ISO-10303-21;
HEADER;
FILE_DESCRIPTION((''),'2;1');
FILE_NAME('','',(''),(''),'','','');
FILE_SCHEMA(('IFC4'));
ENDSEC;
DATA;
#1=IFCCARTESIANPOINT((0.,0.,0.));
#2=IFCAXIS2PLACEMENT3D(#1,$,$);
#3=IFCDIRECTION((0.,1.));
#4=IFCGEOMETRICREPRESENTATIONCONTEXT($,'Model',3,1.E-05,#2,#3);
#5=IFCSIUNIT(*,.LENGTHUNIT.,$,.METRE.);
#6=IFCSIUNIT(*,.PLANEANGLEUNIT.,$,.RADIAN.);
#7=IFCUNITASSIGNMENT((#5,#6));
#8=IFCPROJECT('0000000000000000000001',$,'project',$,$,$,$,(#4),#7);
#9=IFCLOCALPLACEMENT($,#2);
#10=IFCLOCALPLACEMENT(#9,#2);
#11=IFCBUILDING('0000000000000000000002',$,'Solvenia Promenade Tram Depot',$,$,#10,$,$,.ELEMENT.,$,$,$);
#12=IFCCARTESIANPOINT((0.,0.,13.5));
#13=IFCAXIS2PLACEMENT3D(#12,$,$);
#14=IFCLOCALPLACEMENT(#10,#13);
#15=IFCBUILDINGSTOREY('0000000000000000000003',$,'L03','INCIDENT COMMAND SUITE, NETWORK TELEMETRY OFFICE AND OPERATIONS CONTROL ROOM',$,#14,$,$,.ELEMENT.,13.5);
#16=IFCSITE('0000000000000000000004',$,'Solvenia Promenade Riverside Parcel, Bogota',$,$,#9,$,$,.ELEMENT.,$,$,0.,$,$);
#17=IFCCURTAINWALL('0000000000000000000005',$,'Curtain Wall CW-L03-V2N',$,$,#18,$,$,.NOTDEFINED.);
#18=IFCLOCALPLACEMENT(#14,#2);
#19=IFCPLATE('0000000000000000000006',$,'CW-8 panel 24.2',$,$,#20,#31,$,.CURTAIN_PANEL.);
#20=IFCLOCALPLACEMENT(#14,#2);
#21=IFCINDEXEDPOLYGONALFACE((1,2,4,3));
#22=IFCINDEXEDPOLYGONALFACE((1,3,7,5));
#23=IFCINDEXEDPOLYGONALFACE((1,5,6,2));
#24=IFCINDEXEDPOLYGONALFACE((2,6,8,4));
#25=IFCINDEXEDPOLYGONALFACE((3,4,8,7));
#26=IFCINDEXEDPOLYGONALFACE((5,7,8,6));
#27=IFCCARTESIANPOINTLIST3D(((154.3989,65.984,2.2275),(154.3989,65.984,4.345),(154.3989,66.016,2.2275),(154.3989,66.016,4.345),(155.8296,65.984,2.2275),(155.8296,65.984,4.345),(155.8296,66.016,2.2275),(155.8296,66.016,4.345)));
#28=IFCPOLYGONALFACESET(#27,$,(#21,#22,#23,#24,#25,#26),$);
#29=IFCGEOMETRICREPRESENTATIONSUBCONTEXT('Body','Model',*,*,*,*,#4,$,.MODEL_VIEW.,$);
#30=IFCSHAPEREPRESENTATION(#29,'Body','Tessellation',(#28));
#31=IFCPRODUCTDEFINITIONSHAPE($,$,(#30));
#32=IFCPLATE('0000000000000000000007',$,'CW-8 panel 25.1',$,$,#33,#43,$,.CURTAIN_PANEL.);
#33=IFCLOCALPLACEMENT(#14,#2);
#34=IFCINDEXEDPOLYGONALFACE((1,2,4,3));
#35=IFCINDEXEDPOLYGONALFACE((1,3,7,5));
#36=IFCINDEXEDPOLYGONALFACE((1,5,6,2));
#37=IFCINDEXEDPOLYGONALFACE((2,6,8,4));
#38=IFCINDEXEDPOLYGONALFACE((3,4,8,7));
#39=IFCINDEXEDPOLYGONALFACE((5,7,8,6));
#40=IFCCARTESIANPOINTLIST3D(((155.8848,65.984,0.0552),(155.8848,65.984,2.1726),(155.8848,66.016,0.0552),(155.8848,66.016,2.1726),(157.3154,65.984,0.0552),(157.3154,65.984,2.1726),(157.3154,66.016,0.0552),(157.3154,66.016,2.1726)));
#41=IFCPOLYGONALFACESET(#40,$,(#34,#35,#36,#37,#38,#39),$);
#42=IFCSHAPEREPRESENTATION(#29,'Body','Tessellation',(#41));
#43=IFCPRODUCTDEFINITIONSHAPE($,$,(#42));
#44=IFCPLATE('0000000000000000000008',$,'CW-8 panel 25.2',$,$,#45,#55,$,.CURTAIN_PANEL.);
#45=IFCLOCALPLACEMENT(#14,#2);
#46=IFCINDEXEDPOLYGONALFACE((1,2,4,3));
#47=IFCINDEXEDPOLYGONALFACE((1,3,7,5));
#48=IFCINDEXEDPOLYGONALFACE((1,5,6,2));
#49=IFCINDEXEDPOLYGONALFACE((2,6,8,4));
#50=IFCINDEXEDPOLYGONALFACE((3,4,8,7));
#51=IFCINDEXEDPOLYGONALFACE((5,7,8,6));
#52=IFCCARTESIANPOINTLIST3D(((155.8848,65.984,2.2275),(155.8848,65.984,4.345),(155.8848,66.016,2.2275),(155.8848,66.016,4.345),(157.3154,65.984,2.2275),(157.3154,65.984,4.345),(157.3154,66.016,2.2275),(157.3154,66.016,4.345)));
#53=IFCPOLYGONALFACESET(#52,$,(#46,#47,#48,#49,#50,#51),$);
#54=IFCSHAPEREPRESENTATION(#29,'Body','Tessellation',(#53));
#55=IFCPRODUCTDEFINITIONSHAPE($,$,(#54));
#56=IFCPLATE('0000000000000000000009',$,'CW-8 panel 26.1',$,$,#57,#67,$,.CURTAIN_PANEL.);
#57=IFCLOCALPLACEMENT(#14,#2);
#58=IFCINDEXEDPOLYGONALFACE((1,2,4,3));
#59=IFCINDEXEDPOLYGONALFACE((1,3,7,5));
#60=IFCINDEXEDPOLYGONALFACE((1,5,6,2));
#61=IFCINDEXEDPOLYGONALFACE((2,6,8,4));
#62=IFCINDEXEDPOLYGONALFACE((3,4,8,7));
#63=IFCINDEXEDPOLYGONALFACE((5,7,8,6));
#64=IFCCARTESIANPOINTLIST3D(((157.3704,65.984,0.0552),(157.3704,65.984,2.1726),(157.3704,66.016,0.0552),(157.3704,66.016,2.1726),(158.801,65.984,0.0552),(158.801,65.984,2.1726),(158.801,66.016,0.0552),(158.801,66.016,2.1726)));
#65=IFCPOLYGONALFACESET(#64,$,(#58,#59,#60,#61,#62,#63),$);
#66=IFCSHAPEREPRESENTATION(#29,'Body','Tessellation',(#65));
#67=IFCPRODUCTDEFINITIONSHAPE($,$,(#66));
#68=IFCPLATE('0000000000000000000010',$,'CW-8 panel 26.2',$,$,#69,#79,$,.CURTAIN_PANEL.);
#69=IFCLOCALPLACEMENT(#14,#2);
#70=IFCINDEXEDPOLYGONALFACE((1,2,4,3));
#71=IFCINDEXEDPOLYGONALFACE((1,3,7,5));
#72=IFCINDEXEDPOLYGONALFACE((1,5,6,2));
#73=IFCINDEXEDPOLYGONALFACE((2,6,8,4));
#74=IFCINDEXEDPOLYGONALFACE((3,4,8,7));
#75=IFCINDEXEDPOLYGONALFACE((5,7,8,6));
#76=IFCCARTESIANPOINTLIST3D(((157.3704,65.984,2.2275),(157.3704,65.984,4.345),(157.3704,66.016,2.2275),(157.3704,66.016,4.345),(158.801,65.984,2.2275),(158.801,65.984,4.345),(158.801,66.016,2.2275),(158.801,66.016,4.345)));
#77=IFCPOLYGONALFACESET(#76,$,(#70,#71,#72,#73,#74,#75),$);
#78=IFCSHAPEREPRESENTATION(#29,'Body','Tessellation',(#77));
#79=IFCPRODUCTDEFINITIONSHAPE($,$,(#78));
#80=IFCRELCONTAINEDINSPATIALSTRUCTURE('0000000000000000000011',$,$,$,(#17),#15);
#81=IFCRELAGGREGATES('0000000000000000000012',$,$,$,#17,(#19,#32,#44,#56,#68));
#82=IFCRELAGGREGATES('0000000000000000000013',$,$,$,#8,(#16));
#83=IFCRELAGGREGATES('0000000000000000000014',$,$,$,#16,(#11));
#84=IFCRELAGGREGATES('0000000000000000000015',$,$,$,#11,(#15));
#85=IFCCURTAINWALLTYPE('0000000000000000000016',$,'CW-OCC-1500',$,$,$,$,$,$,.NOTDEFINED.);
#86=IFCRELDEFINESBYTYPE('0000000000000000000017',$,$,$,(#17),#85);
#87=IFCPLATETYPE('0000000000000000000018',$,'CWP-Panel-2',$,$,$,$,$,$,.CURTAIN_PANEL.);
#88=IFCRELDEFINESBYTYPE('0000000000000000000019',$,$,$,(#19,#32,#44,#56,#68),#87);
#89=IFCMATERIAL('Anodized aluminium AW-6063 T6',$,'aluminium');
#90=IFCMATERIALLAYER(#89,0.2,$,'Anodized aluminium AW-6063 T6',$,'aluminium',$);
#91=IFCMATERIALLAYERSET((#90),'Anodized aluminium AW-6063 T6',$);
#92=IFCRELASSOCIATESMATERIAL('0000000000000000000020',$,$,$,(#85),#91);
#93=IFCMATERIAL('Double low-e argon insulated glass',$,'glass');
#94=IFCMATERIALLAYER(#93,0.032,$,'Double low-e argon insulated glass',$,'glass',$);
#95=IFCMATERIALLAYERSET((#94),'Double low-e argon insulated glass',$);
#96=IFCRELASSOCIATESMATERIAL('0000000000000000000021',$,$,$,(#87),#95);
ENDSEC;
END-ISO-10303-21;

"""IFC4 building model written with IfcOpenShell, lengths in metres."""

from ifc_helpers import new_model, si_unit, direction, frame, origin, origin_2d, place, context, subcontext, project, spatial, rectangle, extrude, material, layer, layer_set, type_object, element, aggregate, save


model = new_model("IFC4")

# Units and contexts
model_context = context("Model", 3, precision=1e-05, world=origin(), true_north=direction((0.0, 1.0)))
body_context = subcontext(model_context, "Body", "Model", "MODEL_VIEW")
ifc_project = project(units=[si_unit("LENGTHUNIT", "METRE"), si_unit("PLANEANGLEUNIT", "RADIAN")], contexts=[model_context])

# Site, building, storey
site_placement = place(None, origin())
site = spatial("IfcSite", under=ifc_project, at=site_placement, Name="Solvenia Promenade Riverside Parcel, Bogota", CompositionType="ELEMENT", RefElevation=0.0)
building_placement = place(site_placement, origin())
building = spatial("IfcBuilding", under=site, at=building_placement, Name="Solvenia Promenade Tram Depot", CompositionType="ELEMENT")
storey_placement = place(building_placement, frame((0.0, 0.0, 13.5)))
storey = spatial("IfcBuildingStorey", under=building, at=storey_placement, Name="L03", Description="INCIDENT COMMAND SUITE, NETWORK TELEMETRY OFFICE AND OPERATIONS CONTROL ROOM", CompositionType="ELEMENT", Elevation=13.5)

# Curtain wall
ifc_material_1 = material(Name="Anodized aluminium AW-6063 T6", Category="aluminium")
ifc_layer_1 = layer(ifc_material_1, 0.2, Name="Anodized aluminium AW-6063 T6", Category="aluminium")
ifc_layer_set_1 = layer_set([ifc_layer_1], Name="Anodized aluminium AW-6063 T6")
curtain_wall_type = type_object("IfcCurtainWallType", Name="CW-OCC-1500", PredefinedType="NOTDEFINED", material=ifc_layer_set_1)
curtain_wall_placement = place(storey_placement, origin())
curtain_wall = element("IfcCurtainWall", 1, at=curtain_wall_placement, inside=storey, type_object=curtain_wall_type, Name="Curtain Wall CW-L03-V2N", PredefinedType="NOTDEFINED")

# Plates
ifc_material_2 = material(Name="Double low-e argon insulated glass", Category="glass")
ifc_layer_2 = layer(ifc_material_2, 0.032, Name="Double low-e argon insulated glass", Category="glass")
ifc_layer_set_2 = layer_set([ifc_layer_2], Name="Double low-e argon insulated glass")
plate_type = type_object("IfcPlateType", Name="CWP-Panel-2", PredefinedType="CURTAIN_PANEL", material=ifc_layer_set_2)
plate_1_placement = place(storey_placement, frame((155.1143, 66.0, 2.2275), z_axis=(0.0, 0.0, 1.0), x_axis=(1.0, 0.0, 0.0)))
plate_1 = element("IfcPlate", 2, at=plate_1_placement, type_object=plate_type, Name="CW-8 panel 24.2", PredefinedType="CURTAIN_PANEL", context=body_context, shape_type="SweptSolid", body=[
    extrude(rectangle(XDim=1.4307, YDim=0.032, at=origin_2d()), origin(), (0.0, 0.0, 1.0), 2.1174),
])
plate_2_placement = place(storey_placement, frame((156.6001, 66.0, 0.0552), z_axis=(0.0, 0.0, 1.0), x_axis=(1.0, 0.0, 0.0)))
plate_2 = element("IfcPlate", 3, at=plate_2_placement, type_object=plate_type, Name="CW-8 panel 25.1", PredefinedType="CURTAIN_PANEL", context=body_context, shape_type="SweptSolid", body=[
    extrude(rectangle(XDim=1.4307, YDim=0.032, at=origin_2d()), origin(), (0.0, 0.0, 1.0), 2.1174),
])
plate_3_placement = place(storey_placement, frame((156.6001, 66.0, 2.2275), z_axis=(0.0, 0.0, 1.0), x_axis=(1.0, 0.0, 0.0)))
plate_3 = element("IfcPlate", 4, at=plate_3_placement, type_object=plate_type, Name="CW-8 panel 25.2", PredefinedType="CURTAIN_PANEL", context=body_context, shape_type="SweptSolid", body=[
    extrude(rectangle(XDim=1.4307, YDim=0.032, at=origin_2d()), origin(), (0.0, 0.0, 1.0), 2.1174),
])
plate_4_placement = place(storey_placement, frame((158.0857, 66.0, 0.0552), z_axis=(0.0, 0.0, 1.0), x_axis=(1.0, 0.0, 0.0)))
plate_4 = element("IfcPlate", 5, at=plate_4_placement, type_object=plate_type, Name="CW-8 panel 26.1", PredefinedType="CURTAIN_PANEL", context=body_context, shape_type="SweptSolid", body=[
    extrude(rectangle(XDim=1.4307, YDim=0.032, at=origin_2d()), origin(), (0.0, 0.0, 1.0), 2.1174),
])
plate_5_placement = place(storey_placement, frame((158.0857, 66.0, 2.2275), z_axis=(0.0, 0.0, 1.0), x_axis=(1.0, 0.0, 0.0)))
plate_5 = element("IfcPlate", 6, at=plate_5_placement, type_object=plate_type, Name="CW-8 panel 26.2", PredefinedType="CURTAIN_PANEL", context=body_context, shape_type="SweptSolid", body=[
    extrude(rectangle(XDim=1.4307, YDim=0.032, at=origin_2d()), origin(), (0.0, 0.0, 1.0), 2.1174),
])
aggregate(curtain_wall, [plate_1, plate_2, plate_3, plate_4, plate_5])

save(model, "model.ifc")
